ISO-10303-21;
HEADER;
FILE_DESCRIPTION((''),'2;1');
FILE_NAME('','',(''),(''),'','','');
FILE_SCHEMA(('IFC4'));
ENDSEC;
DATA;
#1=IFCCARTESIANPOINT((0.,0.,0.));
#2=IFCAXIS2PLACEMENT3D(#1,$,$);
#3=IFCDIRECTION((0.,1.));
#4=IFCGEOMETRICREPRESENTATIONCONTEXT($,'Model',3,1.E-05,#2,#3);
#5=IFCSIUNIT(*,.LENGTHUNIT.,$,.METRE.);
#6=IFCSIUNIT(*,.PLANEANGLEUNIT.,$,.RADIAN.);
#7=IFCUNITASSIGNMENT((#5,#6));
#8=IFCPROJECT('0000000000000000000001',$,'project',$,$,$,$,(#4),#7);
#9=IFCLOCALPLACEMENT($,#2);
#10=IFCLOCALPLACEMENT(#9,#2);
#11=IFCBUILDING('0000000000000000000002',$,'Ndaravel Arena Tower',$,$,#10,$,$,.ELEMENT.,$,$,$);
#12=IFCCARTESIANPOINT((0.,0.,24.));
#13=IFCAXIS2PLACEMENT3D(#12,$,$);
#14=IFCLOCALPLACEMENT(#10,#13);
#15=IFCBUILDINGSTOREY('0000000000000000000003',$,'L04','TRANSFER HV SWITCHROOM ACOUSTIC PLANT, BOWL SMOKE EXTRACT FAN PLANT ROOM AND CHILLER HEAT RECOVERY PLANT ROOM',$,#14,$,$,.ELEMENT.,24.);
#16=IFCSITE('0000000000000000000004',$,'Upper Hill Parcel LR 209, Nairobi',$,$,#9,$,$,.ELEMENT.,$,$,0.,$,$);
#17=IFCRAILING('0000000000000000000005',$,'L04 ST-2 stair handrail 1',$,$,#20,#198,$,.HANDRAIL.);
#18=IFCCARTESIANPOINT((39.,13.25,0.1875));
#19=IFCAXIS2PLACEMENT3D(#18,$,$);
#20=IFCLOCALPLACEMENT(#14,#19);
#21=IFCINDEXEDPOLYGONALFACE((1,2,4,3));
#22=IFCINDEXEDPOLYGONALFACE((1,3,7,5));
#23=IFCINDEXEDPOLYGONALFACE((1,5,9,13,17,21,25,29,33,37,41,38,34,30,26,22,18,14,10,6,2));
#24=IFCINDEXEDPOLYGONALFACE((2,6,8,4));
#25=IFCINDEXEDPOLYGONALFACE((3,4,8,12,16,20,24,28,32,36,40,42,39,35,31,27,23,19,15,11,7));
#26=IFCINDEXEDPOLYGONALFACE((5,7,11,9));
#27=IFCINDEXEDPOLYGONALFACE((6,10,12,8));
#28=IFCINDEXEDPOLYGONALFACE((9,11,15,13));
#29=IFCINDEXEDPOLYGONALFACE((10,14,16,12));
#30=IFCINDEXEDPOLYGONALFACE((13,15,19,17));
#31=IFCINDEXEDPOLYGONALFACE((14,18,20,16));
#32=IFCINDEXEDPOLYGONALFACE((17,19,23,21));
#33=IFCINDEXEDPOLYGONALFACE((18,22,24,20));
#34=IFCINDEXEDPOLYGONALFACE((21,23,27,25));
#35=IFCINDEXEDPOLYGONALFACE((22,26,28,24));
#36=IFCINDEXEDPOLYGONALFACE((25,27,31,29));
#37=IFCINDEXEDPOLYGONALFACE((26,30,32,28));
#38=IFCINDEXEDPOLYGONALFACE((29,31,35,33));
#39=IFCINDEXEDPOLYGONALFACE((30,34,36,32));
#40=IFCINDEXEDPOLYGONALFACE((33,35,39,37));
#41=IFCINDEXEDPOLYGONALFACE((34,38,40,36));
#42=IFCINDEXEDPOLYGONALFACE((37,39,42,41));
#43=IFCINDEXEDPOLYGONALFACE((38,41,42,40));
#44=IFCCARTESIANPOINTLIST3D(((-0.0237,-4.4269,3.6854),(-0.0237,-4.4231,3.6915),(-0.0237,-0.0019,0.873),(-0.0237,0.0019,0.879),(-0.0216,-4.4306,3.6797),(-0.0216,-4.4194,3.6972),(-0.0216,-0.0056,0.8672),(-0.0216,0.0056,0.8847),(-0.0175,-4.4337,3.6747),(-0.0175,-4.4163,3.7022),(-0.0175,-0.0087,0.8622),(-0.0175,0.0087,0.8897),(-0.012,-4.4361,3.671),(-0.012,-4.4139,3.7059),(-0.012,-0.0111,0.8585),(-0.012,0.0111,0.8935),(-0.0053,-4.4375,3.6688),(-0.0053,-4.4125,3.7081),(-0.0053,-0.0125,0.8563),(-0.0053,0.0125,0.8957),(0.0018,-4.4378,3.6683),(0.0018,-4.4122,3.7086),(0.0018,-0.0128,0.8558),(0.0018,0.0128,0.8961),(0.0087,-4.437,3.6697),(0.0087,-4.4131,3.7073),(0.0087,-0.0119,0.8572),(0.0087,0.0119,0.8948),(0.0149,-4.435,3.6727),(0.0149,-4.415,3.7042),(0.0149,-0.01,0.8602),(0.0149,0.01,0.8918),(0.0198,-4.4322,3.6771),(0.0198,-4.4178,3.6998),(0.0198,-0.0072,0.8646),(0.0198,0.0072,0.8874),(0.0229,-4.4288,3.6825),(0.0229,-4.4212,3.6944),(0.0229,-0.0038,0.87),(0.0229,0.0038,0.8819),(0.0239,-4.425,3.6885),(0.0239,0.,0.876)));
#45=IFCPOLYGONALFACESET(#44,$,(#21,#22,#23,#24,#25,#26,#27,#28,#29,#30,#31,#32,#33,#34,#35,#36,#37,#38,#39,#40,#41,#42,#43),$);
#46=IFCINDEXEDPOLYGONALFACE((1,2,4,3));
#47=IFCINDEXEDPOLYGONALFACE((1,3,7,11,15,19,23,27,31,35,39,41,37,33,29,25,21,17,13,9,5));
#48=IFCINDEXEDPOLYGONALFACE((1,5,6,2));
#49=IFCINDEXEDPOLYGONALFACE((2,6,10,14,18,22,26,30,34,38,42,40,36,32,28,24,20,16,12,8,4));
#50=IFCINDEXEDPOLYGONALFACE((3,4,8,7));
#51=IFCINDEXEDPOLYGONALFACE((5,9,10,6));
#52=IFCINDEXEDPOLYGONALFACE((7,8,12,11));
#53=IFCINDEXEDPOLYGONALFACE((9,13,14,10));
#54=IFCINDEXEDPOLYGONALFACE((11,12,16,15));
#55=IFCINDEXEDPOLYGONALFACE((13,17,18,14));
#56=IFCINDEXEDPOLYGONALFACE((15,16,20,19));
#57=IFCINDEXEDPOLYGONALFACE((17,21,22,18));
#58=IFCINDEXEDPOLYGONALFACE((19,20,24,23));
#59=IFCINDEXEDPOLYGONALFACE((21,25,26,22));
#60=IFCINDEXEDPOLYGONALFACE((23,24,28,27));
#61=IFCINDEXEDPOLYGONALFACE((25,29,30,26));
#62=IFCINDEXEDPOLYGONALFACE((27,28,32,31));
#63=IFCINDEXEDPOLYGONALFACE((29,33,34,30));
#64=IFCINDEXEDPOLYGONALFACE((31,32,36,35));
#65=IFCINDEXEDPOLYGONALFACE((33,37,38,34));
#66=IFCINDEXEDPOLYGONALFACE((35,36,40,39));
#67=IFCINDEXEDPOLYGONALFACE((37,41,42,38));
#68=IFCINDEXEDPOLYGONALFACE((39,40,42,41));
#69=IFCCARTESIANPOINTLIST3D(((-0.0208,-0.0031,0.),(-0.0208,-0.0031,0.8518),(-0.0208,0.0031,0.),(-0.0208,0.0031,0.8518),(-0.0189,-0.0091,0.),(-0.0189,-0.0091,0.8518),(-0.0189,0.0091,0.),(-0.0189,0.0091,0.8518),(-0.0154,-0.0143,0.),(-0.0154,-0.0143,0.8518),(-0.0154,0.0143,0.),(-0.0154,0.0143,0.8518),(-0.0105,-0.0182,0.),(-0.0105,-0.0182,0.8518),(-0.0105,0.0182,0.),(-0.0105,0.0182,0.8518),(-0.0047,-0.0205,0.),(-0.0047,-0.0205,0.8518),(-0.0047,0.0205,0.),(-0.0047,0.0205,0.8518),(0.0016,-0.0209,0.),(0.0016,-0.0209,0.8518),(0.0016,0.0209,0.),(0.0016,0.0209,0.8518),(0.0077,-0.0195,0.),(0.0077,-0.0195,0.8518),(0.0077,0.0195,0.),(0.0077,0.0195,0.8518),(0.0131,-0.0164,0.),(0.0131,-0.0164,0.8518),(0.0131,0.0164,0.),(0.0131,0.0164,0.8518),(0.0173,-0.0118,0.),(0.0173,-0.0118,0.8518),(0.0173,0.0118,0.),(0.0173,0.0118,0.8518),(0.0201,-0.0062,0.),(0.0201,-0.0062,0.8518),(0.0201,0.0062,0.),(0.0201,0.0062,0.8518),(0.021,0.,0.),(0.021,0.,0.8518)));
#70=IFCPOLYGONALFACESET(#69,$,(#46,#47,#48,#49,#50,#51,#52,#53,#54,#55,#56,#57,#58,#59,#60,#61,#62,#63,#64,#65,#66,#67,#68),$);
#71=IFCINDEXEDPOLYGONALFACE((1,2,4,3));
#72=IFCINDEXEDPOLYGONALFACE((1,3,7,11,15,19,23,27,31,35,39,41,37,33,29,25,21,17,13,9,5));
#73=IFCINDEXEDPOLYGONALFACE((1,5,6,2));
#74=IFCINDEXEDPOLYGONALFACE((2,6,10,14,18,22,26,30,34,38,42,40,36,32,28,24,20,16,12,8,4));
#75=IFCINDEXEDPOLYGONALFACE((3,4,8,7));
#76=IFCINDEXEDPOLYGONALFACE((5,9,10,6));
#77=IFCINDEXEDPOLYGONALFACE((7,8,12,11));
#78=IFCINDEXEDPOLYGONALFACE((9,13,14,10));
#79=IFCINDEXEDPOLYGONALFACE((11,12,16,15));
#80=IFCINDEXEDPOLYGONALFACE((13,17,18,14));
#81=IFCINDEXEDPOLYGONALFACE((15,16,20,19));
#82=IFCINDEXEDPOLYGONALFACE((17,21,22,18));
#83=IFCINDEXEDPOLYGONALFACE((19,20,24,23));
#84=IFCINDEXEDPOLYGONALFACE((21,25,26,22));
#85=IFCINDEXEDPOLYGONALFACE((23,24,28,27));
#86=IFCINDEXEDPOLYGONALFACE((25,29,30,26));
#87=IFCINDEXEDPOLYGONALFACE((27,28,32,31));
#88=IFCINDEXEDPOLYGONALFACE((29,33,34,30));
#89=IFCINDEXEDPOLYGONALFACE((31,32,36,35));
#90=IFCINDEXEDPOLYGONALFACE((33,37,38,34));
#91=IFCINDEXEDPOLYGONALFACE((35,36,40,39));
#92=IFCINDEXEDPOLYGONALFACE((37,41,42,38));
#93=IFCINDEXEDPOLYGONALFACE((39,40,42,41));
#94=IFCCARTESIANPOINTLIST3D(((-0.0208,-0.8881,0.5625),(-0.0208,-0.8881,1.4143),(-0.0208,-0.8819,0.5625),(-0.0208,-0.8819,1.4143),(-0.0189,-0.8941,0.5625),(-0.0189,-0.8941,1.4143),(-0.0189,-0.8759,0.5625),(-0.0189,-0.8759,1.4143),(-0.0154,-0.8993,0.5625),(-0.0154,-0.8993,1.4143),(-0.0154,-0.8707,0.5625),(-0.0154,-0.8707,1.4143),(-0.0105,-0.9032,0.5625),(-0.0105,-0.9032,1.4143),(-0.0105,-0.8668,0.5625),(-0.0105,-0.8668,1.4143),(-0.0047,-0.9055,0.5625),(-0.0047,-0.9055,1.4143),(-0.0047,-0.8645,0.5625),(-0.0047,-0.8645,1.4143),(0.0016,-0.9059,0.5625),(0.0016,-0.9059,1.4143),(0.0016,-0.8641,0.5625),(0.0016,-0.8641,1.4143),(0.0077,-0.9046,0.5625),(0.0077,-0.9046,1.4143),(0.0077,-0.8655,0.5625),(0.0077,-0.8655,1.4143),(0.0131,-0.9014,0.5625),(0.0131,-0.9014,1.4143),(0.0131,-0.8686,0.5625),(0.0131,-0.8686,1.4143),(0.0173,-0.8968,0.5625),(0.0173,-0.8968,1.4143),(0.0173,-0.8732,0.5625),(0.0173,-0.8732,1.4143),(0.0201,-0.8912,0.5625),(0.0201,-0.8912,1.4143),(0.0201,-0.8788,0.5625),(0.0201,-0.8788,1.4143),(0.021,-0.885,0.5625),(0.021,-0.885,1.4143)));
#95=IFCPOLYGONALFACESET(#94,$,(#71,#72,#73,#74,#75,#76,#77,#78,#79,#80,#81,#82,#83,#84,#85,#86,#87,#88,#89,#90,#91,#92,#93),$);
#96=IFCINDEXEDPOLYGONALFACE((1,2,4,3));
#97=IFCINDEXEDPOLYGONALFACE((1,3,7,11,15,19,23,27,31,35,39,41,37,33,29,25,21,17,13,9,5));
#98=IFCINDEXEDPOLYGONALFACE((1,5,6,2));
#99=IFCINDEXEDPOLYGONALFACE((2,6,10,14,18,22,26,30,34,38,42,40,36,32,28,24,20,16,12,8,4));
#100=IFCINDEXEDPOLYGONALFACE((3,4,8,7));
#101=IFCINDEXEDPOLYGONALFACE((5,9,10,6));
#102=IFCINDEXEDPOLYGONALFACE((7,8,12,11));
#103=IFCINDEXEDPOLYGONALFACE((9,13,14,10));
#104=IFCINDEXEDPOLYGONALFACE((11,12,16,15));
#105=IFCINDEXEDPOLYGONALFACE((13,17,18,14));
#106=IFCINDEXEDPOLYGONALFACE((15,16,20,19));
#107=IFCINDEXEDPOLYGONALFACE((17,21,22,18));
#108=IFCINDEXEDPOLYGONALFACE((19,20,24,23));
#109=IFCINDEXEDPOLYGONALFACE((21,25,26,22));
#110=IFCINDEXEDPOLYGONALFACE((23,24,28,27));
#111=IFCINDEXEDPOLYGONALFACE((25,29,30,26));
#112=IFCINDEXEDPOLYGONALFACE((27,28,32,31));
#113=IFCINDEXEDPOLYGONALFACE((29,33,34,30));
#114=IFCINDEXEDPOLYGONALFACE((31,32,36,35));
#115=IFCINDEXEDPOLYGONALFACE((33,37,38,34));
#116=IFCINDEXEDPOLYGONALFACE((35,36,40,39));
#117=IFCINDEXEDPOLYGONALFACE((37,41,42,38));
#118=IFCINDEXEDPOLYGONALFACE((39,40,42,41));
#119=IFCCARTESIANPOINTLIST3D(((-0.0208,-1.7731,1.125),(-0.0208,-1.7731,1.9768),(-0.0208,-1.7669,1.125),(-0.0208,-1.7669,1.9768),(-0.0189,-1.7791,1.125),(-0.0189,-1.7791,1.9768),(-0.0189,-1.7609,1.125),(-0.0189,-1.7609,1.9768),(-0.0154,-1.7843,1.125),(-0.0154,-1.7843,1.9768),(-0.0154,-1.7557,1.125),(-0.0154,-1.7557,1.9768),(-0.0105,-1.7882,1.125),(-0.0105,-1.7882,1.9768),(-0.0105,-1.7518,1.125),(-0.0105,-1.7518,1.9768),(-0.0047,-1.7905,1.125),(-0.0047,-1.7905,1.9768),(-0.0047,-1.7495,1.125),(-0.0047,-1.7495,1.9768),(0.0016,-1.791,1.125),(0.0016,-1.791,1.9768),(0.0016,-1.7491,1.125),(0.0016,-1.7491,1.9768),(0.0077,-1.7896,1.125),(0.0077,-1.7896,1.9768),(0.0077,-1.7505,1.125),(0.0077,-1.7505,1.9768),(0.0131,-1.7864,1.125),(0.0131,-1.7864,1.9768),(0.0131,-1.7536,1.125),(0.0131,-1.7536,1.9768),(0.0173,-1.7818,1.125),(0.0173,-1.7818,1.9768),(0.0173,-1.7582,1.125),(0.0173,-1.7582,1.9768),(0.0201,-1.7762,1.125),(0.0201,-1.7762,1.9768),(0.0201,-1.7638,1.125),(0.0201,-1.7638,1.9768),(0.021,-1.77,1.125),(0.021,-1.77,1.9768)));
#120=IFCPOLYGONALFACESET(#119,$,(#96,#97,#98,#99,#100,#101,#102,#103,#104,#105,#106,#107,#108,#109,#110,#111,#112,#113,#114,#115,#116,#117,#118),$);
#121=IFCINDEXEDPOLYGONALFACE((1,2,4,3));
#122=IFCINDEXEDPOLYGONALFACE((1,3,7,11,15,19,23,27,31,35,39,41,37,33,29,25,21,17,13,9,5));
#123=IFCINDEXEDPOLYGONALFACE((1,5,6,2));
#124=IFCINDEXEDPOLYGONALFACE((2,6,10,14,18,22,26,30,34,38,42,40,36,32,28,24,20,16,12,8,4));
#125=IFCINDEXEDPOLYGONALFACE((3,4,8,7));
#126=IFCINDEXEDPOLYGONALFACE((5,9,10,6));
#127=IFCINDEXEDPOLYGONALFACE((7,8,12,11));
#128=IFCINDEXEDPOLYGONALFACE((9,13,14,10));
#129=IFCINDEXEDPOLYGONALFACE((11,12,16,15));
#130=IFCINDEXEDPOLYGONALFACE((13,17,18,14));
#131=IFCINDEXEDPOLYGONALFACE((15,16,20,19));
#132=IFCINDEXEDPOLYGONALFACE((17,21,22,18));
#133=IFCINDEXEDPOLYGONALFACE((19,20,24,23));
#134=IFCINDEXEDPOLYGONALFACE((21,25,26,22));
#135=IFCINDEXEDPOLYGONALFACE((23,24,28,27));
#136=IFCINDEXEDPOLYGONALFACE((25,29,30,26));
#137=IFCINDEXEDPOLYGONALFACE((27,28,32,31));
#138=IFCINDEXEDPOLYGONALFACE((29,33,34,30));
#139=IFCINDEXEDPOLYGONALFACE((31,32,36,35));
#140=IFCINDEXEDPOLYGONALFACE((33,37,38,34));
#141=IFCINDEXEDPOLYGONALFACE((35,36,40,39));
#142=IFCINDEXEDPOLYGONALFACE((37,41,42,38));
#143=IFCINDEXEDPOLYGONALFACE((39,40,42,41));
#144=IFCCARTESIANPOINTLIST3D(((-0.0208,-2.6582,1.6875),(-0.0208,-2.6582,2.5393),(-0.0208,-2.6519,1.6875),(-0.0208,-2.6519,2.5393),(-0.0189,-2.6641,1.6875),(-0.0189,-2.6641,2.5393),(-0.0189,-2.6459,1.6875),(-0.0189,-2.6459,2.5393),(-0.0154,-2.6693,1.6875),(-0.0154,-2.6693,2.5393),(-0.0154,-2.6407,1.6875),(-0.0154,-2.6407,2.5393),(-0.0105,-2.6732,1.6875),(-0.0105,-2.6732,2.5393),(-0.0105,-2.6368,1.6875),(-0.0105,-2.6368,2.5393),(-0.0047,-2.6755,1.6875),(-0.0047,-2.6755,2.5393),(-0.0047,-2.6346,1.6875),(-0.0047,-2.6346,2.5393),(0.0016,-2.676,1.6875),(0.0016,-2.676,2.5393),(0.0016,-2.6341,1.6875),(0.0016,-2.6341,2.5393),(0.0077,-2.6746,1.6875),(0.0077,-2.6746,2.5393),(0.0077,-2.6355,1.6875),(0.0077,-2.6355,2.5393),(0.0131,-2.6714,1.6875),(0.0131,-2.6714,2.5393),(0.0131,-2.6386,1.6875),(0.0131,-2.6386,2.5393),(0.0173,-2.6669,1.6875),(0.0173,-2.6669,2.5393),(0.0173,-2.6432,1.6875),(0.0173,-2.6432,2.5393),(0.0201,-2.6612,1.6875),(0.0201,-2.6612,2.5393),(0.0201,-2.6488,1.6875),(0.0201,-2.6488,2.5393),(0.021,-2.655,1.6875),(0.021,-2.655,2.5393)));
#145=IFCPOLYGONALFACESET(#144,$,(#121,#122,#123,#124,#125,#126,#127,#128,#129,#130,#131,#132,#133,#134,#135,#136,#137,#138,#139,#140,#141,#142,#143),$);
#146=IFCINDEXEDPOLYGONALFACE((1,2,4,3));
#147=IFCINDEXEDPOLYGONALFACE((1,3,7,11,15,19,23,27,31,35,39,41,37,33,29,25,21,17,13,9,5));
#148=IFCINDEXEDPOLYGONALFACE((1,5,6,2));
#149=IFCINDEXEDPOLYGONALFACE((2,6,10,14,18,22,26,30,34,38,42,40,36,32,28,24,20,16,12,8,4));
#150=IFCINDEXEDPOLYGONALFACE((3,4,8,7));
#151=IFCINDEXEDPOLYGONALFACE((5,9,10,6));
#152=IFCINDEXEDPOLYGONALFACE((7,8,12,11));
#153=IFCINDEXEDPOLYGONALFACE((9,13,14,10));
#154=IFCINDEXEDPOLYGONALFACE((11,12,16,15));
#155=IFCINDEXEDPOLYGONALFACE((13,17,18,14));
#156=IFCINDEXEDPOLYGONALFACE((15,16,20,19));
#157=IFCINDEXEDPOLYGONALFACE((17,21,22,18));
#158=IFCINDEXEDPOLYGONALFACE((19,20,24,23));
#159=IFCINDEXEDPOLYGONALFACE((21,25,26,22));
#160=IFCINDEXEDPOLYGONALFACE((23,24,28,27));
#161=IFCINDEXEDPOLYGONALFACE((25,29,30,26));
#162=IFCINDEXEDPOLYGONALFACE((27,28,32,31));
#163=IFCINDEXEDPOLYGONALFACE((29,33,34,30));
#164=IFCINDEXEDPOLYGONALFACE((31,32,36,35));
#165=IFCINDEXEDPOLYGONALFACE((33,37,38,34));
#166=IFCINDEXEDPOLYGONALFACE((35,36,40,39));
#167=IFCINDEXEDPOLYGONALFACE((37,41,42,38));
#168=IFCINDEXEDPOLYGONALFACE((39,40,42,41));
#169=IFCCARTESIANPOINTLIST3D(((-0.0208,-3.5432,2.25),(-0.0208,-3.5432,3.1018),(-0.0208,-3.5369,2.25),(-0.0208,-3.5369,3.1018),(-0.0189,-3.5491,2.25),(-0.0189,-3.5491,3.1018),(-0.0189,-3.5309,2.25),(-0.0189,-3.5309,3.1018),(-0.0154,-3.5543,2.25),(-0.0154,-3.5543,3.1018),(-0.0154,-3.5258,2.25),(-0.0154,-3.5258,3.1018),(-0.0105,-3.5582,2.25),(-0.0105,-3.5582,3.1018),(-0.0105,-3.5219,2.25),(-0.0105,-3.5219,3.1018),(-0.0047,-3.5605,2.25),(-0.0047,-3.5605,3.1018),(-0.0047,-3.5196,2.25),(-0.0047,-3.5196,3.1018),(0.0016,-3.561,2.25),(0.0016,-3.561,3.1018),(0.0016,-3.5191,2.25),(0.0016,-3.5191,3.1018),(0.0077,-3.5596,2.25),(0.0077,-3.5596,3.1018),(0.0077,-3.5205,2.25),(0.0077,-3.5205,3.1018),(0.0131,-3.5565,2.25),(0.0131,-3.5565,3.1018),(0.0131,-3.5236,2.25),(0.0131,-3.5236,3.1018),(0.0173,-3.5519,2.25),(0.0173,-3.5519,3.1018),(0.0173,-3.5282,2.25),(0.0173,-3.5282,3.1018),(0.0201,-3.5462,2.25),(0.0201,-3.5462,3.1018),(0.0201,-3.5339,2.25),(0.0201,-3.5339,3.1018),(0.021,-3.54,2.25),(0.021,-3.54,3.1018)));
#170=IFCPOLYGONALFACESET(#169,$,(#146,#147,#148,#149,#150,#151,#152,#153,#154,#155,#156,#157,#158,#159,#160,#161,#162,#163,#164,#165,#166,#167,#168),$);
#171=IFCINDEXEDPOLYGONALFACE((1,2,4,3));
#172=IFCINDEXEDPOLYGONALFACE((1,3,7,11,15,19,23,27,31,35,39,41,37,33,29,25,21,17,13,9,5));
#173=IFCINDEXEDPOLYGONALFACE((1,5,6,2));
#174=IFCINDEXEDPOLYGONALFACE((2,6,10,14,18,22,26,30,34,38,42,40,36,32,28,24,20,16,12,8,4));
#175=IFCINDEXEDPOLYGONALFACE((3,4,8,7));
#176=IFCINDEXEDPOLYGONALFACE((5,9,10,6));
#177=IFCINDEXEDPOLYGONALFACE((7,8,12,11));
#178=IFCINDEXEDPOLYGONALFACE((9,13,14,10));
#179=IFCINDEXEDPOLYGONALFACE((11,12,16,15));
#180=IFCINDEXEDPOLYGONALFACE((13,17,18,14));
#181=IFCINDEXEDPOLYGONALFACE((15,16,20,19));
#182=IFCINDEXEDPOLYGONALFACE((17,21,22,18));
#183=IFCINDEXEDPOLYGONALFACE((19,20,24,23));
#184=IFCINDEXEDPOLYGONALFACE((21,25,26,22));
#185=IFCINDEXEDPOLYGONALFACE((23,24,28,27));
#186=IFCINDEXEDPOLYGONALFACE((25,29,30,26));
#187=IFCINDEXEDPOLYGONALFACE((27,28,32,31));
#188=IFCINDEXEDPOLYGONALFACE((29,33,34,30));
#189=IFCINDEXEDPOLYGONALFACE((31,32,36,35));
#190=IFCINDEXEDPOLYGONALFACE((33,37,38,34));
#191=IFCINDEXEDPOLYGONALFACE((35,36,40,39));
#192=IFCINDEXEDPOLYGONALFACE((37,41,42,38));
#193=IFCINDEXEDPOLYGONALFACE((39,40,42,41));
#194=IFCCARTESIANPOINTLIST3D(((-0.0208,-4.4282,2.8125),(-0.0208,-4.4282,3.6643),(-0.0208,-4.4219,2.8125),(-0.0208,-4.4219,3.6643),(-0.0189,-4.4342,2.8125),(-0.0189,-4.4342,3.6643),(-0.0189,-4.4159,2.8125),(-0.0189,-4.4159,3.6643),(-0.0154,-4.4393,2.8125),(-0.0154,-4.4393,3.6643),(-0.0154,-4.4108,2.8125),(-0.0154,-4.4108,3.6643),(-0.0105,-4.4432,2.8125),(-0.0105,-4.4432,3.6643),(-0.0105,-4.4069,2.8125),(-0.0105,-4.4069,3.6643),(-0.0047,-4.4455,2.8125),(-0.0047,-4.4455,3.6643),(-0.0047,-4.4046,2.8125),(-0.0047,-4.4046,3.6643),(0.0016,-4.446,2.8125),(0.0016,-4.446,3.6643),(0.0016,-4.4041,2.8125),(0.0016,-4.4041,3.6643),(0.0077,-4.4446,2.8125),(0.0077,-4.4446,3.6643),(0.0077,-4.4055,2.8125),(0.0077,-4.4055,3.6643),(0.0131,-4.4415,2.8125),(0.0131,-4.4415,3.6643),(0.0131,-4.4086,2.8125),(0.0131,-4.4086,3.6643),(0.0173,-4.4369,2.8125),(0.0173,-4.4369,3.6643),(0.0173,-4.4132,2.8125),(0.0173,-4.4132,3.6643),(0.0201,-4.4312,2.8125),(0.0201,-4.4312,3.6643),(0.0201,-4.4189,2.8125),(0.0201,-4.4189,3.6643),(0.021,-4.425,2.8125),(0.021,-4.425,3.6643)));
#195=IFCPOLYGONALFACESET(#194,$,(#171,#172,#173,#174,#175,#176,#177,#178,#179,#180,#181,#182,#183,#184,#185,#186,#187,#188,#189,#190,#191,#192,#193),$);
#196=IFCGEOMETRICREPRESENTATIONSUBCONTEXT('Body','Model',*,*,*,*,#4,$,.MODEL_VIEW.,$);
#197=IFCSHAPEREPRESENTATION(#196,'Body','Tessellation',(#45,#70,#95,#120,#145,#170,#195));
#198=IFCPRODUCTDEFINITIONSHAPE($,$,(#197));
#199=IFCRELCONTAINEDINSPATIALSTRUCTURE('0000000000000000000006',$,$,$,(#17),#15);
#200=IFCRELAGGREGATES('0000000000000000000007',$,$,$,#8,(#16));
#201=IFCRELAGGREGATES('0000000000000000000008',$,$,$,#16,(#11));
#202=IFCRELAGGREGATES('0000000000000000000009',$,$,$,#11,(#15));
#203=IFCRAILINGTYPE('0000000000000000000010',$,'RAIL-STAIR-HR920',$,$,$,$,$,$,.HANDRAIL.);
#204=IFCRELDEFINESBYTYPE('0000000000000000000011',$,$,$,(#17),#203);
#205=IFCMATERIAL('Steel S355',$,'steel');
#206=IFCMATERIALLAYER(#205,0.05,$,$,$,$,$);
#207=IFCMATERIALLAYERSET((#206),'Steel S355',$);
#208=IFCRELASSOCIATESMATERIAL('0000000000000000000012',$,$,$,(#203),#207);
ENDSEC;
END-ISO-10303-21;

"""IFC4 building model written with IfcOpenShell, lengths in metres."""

from ifc_helpers import new_model, si_unit, direction, frame, origin, origin_2d, place, context, subcontext, project, spatial, circle, extrude, material, layer, layer_set, type_object, element, save


model = new_model("IFC4")

# Units and contexts
model_context = context("Model", 3, precision=1e-05, world=origin(), true_north=direction((0.0, 1.0)))
body_context = subcontext(model_context, "Body", "Model", "MODEL_VIEW")
ifc_project = project(units=[si_unit("LENGTHUNIT", "METRE"), si_unit("PLANEANGLEUNIT", "RADIAN")], contexts=[model_context])

# Site, building, storey
site_placement = place(None, origin())
site = spatial("IfcSite", under=ifc_project, at=site_placement, Name="Upper Hill Parcel LR 209, Nairobi", CompositionType="ELEMENT", RefElevation=0.0)
building_placement = place(site_placement, origin())
building = spatial("IfcBuilding", under=site, at=building_placement, Name="Ndaravel Arena Tower", CompositionType="ELEMENT")
storey_placement = place(building_placement, frame((0.0, 0.0, 24.0)))
storey = spatial("IfcBuildingStorey", under=building, at=storey_placement, Name="L04", Description="TRANSFER HV SWITCHROOM ACOUSTIC PLANT, BOWL SMOKE EXTRACT FAN PLANT ROOM AND CHILLER HEAT RECOVERY PLANT ROOM", CompositionType="ELEMENT", Elevation=24.0)

# Railing
ifc_material_1 = material(Name="Steel S355", Category="steel")
ifc_layer_1 = layer(ifc_material_1, 0.05)
ifc_layer_set_1 = layer_set([ifc_layer_1], Name="Steel S355")
railing_type_1 = type_object("IfcRailingType", Name="RAIL-STAIR-HR920", PredefinedType="HANDRAIL", material=ifc_layer_set_1)
railing_1_placement = place(storey_placement, frame((39.0, 13.25, 0.1875)))
element("IfcRailing", 1, at=railing_1_placement, inside=storey, type_object=railing_type_1, Name="L04 ST-2 stair handrail 1", PredefinedType="HANDRAIL", context=body_context, shape_type="SweptSolid", body=[
    extrude(circle(Radius=0.0239, at=origin_2d()), frame((0.0, 0.0, 0.876), z_axis=(0.0, -0.843959, 0.536408), x_axis=(1.0, 0.0, 0.0)), (0.0, 0.0, 1.0), 5.2432),
    extrude(circle(Radius=0.021, at=origin_2d()), origin(), (0.0, 0.0, 1.0), 0.8518),
    extrude(circle(Radius=0.021, at=origin_2d()), frame((0.0, -0.885, 0.5625)), (0.0, 0.0, 1.0), 0.8518),
    extrude(circle(Radius=0.021, at=origin_2d()), frame((0.0, -1.77, 1.125)), (0.0, 0.0, 1.0), 0.8518),
    extrude(circle(Radius=0.021, at=origin_2d()), frame((0.0, -2.655, 1.6875)), (0.0, 0.0, 1.0), 0.8518),
    extrude(circle(Radius=0.021, at=origin_2d()), frame((0.0, -3.54, 2.25)), (0.0, 0.0, 1.0), 0.8518),
    extrude(circle(Radius=0.021, at=origin_2d()), frame((0.0, -4.425, 2.8125)), (0.0, 0.0, 1.0), 0.8518),
])

save(model, "model.ifc")
